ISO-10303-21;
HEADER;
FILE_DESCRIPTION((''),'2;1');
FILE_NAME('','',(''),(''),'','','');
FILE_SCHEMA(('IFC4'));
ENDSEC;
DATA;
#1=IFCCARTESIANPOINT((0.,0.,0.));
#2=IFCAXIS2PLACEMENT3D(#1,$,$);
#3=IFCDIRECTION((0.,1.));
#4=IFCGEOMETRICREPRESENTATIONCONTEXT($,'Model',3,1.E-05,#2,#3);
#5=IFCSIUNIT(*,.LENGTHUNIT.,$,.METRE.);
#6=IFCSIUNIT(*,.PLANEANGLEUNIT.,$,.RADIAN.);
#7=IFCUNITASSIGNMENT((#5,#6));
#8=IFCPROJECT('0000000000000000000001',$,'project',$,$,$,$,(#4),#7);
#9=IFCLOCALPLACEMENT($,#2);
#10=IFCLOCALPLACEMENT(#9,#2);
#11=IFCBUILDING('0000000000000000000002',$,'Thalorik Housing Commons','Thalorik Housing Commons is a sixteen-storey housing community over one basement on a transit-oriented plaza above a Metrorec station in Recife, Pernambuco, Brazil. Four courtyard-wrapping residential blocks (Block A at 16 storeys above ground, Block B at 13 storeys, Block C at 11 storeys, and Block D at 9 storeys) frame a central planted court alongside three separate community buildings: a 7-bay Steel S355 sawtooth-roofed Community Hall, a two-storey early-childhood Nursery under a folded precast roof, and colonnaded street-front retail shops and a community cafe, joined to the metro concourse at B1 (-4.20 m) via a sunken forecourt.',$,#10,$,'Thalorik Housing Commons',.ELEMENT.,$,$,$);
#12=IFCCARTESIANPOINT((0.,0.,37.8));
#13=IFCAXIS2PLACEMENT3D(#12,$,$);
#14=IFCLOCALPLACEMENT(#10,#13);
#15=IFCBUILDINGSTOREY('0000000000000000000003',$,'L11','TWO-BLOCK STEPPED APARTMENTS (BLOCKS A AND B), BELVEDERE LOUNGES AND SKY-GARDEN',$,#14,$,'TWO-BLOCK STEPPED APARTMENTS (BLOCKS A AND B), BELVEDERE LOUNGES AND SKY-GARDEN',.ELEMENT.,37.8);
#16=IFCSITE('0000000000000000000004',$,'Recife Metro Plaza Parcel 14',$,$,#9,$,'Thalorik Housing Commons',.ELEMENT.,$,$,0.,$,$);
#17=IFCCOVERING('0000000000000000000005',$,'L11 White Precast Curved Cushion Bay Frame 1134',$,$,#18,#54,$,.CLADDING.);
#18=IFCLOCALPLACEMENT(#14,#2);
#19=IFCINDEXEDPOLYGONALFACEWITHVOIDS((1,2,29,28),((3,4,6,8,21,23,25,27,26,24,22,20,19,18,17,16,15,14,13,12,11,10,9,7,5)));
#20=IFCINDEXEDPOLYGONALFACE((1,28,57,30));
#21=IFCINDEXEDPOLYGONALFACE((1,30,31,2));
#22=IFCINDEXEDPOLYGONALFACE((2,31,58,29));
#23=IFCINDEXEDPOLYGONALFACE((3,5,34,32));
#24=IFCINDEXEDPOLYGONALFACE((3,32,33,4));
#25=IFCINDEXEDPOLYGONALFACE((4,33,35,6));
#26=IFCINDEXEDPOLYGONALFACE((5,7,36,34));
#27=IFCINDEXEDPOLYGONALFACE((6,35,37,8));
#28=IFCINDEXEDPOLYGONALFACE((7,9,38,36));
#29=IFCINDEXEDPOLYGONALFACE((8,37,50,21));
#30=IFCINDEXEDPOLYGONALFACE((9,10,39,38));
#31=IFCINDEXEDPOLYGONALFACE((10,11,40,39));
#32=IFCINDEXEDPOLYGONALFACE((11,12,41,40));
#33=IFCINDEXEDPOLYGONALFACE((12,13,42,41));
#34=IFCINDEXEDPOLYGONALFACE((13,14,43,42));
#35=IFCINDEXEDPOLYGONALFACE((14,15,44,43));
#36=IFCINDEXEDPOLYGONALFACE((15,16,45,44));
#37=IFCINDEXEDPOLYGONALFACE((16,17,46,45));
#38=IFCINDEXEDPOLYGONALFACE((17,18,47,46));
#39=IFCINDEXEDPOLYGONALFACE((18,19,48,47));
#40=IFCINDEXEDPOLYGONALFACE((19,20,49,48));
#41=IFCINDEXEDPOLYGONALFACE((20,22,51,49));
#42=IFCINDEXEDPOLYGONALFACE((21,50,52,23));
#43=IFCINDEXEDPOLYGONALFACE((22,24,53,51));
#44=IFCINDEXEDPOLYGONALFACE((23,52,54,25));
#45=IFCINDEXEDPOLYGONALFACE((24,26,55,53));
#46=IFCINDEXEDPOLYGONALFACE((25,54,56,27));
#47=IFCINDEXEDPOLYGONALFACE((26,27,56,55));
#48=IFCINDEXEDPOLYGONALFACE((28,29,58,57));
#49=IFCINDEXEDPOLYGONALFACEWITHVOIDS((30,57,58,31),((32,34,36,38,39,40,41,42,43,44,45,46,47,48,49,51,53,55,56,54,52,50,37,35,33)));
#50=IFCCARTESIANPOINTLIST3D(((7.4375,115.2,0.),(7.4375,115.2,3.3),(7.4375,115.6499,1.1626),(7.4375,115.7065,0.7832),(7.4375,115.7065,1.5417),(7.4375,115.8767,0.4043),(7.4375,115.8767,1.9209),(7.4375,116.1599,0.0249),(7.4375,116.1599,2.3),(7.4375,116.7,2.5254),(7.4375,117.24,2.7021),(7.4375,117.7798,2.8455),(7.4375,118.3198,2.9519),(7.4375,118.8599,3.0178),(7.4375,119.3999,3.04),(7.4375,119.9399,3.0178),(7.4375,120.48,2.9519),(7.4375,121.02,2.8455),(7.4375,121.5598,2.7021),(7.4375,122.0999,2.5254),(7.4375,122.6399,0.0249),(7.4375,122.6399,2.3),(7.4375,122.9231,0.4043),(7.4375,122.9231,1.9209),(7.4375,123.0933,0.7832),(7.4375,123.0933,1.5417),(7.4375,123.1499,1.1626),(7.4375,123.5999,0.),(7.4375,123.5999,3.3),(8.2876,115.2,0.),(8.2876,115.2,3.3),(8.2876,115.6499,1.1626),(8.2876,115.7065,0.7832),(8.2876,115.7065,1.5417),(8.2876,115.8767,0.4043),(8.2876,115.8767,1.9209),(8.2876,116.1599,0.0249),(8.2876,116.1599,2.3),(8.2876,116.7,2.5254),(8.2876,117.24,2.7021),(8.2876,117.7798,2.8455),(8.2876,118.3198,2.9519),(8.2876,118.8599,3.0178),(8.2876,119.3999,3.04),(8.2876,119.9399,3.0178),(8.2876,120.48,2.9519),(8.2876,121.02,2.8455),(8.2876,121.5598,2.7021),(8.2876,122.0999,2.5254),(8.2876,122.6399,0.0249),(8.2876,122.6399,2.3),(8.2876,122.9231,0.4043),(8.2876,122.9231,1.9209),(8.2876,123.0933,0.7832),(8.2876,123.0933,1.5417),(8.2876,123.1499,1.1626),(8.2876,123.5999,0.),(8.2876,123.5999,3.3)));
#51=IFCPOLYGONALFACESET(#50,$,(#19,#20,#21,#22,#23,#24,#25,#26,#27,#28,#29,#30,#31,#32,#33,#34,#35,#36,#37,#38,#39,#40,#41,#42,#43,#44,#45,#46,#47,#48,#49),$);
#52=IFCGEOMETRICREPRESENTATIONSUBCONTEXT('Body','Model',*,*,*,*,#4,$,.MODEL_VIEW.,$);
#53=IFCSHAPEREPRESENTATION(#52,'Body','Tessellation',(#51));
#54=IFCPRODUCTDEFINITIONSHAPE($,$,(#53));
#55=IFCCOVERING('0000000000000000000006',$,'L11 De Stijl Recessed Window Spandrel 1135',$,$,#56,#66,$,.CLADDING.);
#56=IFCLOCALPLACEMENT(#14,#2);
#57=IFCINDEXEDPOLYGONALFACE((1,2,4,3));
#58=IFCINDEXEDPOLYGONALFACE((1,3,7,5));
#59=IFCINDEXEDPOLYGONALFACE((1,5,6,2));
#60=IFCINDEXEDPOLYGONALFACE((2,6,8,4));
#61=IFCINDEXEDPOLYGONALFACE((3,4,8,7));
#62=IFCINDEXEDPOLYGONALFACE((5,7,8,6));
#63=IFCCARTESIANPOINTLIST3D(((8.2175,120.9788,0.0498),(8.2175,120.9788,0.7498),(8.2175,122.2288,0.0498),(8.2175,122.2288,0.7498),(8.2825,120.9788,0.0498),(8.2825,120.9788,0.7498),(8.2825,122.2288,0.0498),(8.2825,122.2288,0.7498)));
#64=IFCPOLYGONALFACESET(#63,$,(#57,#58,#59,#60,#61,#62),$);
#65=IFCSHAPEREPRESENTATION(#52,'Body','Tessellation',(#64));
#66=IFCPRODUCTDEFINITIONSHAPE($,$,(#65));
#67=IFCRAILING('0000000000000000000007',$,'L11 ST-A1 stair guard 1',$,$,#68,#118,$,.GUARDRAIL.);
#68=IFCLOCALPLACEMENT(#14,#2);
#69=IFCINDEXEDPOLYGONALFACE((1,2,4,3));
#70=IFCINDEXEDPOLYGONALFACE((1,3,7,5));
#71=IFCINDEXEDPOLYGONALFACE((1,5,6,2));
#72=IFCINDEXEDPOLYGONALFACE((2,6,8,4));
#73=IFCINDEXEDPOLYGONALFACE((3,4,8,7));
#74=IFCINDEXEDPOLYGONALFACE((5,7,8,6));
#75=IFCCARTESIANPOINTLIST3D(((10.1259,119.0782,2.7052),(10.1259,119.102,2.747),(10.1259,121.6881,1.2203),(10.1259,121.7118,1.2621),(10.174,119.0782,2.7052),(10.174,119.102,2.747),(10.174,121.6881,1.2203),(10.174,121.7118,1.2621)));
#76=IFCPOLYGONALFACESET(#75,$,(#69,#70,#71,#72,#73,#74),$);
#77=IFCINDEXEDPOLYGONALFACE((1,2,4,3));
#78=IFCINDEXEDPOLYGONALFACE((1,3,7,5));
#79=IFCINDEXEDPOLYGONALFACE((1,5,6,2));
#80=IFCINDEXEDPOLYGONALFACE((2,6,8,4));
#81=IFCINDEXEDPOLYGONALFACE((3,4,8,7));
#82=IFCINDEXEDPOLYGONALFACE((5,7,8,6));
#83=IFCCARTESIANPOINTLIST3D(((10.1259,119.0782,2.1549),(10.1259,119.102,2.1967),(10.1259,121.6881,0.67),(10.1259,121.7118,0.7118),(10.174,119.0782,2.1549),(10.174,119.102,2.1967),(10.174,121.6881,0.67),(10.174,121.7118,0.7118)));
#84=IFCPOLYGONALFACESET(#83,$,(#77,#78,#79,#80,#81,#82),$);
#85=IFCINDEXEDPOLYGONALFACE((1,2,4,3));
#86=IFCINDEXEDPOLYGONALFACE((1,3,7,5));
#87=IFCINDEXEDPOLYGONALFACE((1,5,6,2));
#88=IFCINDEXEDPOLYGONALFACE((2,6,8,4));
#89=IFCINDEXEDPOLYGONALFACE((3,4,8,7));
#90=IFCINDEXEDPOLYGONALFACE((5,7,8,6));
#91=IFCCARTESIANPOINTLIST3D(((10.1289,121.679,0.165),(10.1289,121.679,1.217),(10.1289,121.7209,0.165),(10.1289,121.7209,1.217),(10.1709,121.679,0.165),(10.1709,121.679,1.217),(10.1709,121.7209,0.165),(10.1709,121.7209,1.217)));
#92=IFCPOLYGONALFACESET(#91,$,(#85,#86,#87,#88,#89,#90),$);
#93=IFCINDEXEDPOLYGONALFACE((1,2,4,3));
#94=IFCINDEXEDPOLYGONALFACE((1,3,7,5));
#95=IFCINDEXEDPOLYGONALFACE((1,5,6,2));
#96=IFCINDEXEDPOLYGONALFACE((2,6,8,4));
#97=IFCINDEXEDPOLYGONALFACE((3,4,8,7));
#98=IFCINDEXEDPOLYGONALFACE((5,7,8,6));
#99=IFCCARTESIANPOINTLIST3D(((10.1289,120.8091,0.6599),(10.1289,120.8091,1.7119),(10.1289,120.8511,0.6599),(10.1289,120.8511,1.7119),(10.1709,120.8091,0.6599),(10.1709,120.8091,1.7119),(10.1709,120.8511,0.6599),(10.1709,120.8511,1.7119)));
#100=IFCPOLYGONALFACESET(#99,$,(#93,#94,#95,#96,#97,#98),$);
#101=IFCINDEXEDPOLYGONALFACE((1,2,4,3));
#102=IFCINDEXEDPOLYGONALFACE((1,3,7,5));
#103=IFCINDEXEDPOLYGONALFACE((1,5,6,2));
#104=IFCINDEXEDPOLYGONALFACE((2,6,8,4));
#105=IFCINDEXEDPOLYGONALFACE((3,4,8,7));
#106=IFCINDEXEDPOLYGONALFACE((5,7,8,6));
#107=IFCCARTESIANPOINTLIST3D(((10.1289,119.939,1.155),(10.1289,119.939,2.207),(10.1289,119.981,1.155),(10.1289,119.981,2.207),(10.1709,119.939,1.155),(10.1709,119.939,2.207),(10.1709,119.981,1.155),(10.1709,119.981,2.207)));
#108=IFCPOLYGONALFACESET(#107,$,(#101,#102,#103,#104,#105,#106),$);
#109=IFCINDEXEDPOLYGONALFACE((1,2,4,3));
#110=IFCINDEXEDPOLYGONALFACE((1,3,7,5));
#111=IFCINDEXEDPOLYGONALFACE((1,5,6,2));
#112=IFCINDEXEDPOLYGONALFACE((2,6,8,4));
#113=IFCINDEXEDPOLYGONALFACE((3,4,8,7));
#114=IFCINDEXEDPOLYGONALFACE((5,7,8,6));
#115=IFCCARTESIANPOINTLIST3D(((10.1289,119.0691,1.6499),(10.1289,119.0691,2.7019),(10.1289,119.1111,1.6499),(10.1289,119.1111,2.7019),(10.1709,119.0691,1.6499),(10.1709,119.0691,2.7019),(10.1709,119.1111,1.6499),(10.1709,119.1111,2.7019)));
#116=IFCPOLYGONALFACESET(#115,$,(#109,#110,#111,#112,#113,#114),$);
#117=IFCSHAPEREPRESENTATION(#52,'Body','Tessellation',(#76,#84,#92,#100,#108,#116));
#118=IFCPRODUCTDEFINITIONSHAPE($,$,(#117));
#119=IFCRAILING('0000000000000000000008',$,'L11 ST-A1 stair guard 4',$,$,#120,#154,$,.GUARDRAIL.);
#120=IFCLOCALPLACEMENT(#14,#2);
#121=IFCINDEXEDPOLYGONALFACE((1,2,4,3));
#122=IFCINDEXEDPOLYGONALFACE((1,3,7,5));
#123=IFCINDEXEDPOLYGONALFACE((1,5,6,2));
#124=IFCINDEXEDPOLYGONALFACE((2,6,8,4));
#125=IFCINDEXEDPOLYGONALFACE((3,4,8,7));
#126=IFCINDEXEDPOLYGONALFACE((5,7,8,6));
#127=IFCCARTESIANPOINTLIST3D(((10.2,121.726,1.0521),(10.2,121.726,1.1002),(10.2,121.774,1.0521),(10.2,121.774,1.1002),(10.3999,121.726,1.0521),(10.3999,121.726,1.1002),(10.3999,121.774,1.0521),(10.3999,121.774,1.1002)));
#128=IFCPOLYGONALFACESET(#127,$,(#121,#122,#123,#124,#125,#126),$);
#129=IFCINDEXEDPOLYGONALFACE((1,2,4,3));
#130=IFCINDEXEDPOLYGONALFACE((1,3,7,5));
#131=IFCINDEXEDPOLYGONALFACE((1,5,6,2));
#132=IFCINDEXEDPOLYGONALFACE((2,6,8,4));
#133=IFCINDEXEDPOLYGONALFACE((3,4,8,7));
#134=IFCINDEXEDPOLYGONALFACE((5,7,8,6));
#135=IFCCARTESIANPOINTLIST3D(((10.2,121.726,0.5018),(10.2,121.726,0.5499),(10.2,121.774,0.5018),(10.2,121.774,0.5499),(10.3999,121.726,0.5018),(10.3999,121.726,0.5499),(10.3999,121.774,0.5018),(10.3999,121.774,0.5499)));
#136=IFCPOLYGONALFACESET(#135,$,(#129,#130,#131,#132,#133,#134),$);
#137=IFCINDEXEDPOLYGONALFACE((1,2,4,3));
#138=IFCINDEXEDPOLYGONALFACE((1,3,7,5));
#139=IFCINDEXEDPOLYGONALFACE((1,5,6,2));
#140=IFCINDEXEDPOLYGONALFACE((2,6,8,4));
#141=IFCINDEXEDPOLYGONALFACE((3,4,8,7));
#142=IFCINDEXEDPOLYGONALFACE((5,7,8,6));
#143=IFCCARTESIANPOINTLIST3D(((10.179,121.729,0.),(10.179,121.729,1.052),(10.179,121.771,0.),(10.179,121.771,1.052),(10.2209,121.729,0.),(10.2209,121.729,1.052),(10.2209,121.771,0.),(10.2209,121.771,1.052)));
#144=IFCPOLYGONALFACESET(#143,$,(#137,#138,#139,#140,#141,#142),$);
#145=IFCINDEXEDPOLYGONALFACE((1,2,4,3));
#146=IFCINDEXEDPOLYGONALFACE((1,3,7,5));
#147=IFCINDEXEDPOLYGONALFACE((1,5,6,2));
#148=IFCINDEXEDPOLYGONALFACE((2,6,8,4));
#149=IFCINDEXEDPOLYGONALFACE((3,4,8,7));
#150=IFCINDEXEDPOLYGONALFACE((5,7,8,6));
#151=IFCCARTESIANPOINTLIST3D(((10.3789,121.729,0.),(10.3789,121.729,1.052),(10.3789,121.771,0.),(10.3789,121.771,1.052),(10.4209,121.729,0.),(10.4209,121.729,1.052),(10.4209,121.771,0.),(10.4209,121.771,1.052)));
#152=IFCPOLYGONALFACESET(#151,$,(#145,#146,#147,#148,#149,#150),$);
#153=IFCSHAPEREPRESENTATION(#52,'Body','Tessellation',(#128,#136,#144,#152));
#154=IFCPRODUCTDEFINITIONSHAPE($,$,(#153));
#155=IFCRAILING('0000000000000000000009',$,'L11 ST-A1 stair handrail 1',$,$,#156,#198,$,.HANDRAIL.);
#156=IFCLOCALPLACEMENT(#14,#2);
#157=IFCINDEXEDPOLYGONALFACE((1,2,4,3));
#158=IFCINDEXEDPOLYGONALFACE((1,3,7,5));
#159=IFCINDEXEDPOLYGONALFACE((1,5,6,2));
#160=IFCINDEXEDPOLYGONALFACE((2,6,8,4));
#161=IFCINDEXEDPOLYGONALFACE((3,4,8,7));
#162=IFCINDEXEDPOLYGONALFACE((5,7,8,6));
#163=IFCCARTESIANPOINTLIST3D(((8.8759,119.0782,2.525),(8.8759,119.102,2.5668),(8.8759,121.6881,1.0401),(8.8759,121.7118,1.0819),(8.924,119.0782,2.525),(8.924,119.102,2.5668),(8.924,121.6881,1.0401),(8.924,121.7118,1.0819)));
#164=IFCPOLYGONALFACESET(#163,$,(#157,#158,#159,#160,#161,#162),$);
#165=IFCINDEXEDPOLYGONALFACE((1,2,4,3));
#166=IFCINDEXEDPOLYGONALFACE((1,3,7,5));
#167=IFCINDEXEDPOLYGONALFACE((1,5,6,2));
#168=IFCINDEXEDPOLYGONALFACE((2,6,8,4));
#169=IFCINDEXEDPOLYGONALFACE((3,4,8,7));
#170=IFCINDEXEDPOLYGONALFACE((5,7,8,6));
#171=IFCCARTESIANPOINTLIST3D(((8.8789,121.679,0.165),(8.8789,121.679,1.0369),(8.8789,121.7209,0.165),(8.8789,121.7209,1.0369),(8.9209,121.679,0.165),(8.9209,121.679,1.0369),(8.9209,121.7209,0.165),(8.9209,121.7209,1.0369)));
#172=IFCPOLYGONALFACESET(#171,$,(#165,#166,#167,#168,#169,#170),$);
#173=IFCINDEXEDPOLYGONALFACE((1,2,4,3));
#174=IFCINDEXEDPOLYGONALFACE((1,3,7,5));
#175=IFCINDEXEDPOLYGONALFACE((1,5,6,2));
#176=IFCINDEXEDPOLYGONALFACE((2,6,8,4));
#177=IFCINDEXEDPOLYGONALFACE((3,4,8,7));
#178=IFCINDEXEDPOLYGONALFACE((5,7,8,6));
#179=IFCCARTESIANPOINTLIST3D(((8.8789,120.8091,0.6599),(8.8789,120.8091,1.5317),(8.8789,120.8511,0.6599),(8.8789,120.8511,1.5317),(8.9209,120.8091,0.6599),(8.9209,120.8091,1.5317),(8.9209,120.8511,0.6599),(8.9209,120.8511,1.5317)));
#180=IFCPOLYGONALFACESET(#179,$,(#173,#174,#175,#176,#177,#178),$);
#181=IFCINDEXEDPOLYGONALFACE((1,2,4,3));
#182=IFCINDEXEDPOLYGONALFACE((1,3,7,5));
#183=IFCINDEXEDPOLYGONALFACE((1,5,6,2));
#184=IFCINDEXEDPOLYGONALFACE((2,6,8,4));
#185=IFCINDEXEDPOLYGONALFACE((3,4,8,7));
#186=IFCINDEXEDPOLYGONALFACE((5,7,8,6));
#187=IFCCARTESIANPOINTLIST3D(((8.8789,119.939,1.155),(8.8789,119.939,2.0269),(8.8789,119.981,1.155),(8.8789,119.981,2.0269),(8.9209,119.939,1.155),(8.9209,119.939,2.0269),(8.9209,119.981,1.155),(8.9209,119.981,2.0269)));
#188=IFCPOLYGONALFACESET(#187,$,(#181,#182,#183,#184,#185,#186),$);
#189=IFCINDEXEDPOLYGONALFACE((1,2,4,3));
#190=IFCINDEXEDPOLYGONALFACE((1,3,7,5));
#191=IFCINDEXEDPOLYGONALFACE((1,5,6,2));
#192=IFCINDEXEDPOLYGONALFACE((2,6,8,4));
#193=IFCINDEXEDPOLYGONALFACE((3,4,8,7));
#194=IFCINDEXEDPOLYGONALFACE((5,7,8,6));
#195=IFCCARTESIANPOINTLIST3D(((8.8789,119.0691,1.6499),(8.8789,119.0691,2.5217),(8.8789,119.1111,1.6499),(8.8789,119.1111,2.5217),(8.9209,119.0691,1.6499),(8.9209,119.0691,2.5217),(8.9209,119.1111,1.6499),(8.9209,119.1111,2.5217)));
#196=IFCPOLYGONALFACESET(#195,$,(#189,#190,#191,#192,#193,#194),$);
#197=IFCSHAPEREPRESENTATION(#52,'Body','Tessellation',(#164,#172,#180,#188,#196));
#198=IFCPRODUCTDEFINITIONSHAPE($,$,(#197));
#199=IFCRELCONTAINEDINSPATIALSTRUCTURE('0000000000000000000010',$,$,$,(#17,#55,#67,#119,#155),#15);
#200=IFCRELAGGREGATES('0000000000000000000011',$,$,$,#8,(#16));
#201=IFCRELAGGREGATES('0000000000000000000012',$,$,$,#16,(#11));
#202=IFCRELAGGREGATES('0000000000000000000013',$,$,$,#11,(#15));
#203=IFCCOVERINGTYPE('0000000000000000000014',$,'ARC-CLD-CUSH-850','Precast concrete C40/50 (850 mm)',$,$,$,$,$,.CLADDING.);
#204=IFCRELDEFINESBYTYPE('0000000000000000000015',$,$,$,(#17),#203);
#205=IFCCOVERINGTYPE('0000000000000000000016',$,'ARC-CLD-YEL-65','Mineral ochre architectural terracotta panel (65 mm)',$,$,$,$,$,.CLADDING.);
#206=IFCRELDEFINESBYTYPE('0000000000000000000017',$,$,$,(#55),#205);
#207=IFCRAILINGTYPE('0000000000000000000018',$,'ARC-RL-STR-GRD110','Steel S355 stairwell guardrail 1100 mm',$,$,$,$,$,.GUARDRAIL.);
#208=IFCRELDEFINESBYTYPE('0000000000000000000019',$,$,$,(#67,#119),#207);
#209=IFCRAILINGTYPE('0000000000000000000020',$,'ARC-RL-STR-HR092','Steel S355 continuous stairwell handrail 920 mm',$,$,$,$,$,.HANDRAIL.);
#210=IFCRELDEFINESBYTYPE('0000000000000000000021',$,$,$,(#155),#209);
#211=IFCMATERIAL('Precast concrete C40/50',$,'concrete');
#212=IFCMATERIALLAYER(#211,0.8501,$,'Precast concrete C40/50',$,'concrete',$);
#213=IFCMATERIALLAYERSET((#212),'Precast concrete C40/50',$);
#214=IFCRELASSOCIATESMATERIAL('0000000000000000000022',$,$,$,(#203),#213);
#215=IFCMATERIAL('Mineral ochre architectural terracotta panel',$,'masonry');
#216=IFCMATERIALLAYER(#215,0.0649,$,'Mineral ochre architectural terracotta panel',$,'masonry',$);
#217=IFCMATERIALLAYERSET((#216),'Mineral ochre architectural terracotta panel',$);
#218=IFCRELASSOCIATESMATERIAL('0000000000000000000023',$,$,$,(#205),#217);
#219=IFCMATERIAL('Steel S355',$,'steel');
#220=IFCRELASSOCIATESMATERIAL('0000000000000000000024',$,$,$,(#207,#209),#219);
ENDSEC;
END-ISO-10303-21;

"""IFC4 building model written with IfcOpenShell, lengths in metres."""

from ifc_helpers import new_model, si_unit, direction, frame, origin, origin_2d, place, context, subcontext, project, spatial, polyline, rectangle, outline, extrude, material, layer, layer_set, type_object, element, save


model = new_model("IFC4")

# Units and contexts
model_context = context("Model", 3, precision=1e-05, world=origin(), true_north=direction((0.0, 1.0)))
body_context = subcontext(model_context, "Body", "Model", "MODEL_VIEW")
ifc_project = project(units=[si_unit("LENGTHUNIT", "METRE"), si_unit("PLANEANGLEUNIT", "RADIAN")], contexts=[model_context])

# Site, building, storey
site_placement = place(None, origin())
site = spatial("IfcSite", under=ifc_project, at=site_placement, Name="Recife Metro Plaza Parcel 14", LongName="Thalorik Housing Commons", CompositionType="ELEMENT", RefElevation=0.0)
building_placement = place(site_placement, origin())
building = spatial("IfcBuilding", under=site, at=building_placement, Name="Thalorik Housing Commons", Description="Thalorik Housing Commons is a sixteen-storey housing community over one basement on a transit-oriented plaza above a Metrorec station in Recife, Pernambuco, Brazil. Four courtyard-wrapping residential blocks (Block A at 16 storeys above ground, Block B at 13 storeys, Block C at 11 storeys, and Block D at 9 storeys) frame a central planted court alongside three separate community buildings: a 7-bay Steel S355 sawtooth-roofed Community Hall, a two-storey early-childhood Nursery under a folded precast roof, and colonnaded street-front retail shops and a community cafe, joined to the metro concourse at B1 (-4.20 m) via a sunken forecourt.", LongName="Thalorik Housing Commons", CompositionType="ELEMENT")
storey_placement = place(building_placement, frame((0.0, 0.0, 37.8)))
storey = spatial("IfcBuildingStorey", under=building, at=storey_placement, Name="L11", Description="TWO-BLOCK STEPPED APARTMENTS (BLOCKS A AND B), BELVEDERE LOUNGES AND SKY-GARDEN", LongName="TWO-BLOCK STEPPED APARTMENTS (BLOCKS A AND B), BELVEDERE LOUNGES AND SKY-GARDEN", CompositionType="ELEMENT", Elevation=37.8)

# Shared definitions
ifc_material_1 = material(Name="Precast concrete C40/50", Category="concrete")

# Shared definitions
ifc_material_2 = material(Name="Steel S355", Category="steel")

# Coverings
ifc_layer_1 = layer(ifc_material_1, 0.8501, Name="Precast concrete C40/50", Category="concrete")
ifc_layer_set_1 = layer_set([ifc_layer_1], Name="Precast concrete C40/50")
covering_type_1 = type_object("IfcCoveringType", Name="ARC-CLD-CUSH-850", Description="Precast concrete C40/50 (850 mm)", PredefinedType="CLADDING", material=ifc_layer_set_1)
covering_1_placement = place(storey_placement, frame((7.8625, 119.3999, 0.0), z_axis=(0.0, 0.0, 1.0), x_axis=(0.0, -1.0, 0.0)))
element("IfcCovering", 1, at=covering_1_placement, inside=storey, type_object=covering_type_1, Name="L11 White Precast Curved Cushion Bay Frame 1134", PredefinedType="CLADDING", context=body_context, shape_type="SweptSolid", body=[
    extrude(outline(polyline([(-4.2, 0.0), (4.2, 0.0), (4.2, 3.3), (-4.2, 3.3), (-4.2, 0.0)]), holes=[polyline([(3.24, 0.0249), (3.5232, 0.4043), (3.6934, 0.7832), (3.75, 1.1626), (3.6934, 1.5417), (3.5232, 1.9209), (3.24, 2.3), (2.7, 2.5254), (2.1599, 2.7021), (1.6201, 2.8455), (1.0801, 2.9519), (0.54, 3.0178), (0.0, 3.04), (-0.54, 3.0178), (-1.0801, 2.9519), (-1.6201, 2.8455), (-2.1599, 2.7021), (-2.7, 2.5254), (-3.24, 2.3), (-3.5232, 1.9209), (-3.6934, 1.5417), (-3.75, 1.1626), (-3.6934, 0.7832), (-3.5232, 0.4043), (-3.24, 0.0249), (3.24, 0.0249)])]), frame((0.0, 0.425, 0.0), z_axis=(0.0, -1.0, 0.0), x_axis=(1.0, 0.0, 0.0)), (0.0, 0.0, 1.0), 0.8501),
])
ifc_material_3 = material(Name="Mineral ochre architectural terracotta panel", Category="masonry")
ifc_layer_2 = layer(ifc_material_3, 0.0649, Name="Mineral ochre architectural terracotta panel", Category="masonry")
ifc_layer_set_2 = layer_set([ifc_layer_2], Name="Mineral ochre architectural terracotta panel")
covering_type_2 = type_object("IfcCoveringType", Name="ARC-CLD-YEL-65", Description="Mineral ochre architectural terracotta panel (65 mm)", PredefinedType="CLADDING", material=ifc_layer_set_2)
covering_2_placement = place(storey_placement, frame((8.25, 121.6038, 0.0498), z_axis=(0.0, 0.0, 1.0), x_axis=(0.0, -1.0, 0.0)))
element("IfcCovering", 2, at=covering_2_placement, inside=storey, type_object=covering_type_2, Name="L11 De Stijl Recessed Window Spandrel 1135", PredefinedType="CLADDING", context=body_context, shape_type="SweptSolid", body=[
    extrude(rectangle(XDim=1.25, YDim=0.0649, at=origin_2d()), origin(), (0.0, 0.0, 1.0), 0.7),
])

# Railings
railing_type_1 = type_object("IfcRailingType", Name="ARC-RL-STR-GRD110", Description="Steel S355 stairwell guardrail 1100 mm", PredefinedType="GUARDRAIL", material=ifc_material_2)
railing_1_placement = place(storey_placement, frame((10.1499, 121.7, 0.165)))
element("IfcRailing", 3, at=railing_1_placement, inside=storey, type_object=railing_type_1, Name="L11 ST-A1 stair guard 1", PredefinedType="GUARDRAIL", context=body_context, shape_type="SweptSolid", body=[
    extrude(rectangle(XDim=0.0481, YDim=0.0481, at=origin_2d()), frame((0.0, 0.0, 1.0762), z_axis=(0.0, -0.869172, 0.494509), x_axis=(1.0, 0.0, 0.0)), (0.0, 0.0, 1.0), 3.0027),
    extrude(rectangle(XDim=0.0481, YDim=0.0481, at=origin_2d()), frame((0.0, 0.0, 0.5259), z_axis=(0.0, -0.869172, 0.494509), x_axis=(1.0, 0.0, 0.0)), (0.0, 0.0, 1.0), 3.0027),
    extrude(rectangle(XDim=0.042, YDim=0.042, at=origin_2d()), origin(), (0.0, 0.0, 1.0), 1.052),
    extrude(rectangle(XDim=0.042, YDim=0.042, at=origin_2d()), frame((0.0, -0.8699, 0.4949)), (0.0, 0.0, 1.0), 1.052),
    extrude(rectangle(XDim=0.042, YDim=0.042, at=origin_2d()), frame((0.0, -1.74, 0.99)), (0.0, 0.0, 1.0), 1.052),
    extrude(rectangle(XDim=0.042, YDim=0.042, at=origin_2d()), frame((0.0, -2.6099, 1.4849)), (0.0, 0.0, 1.0), 1.052),
])
railing_2_placement = place(storey_placement, frame((10.2, 121.75, 0.0)))
element("IfcRailing", 4, at=railing_2_placement, inside=storey, type_object=railing_type_1, Name="L11 ST-A1 stair guard 4", PredefinedType="GUARDRAIL", context=body_context, shape_type="SweptSolid", body=[
    extrude(rectangle(XDim=0.0481, YDim=0.0481, at=origin_2d()), frame((0.0, 0.0, 1.0762), z_axis=(1.0, 0.0, 0.0), x_axis=(0.0, 1.0, 0.0)), (0.0, 0.0, 1.0), 0.2),
    extrude(rectangle(XDim=0.0481, YDim=0.0481, at=origin_2d()), frame((0.0, 0.0, 0.5259), z_axis=(1.0, 0.0, 0.0), x_axis=(0.0, 1.0, 0.0)), (0.0, 0.0, 1.0), 0.2),
    extrude(rectangle(XDim=0.042, YDim=0.042, at=origin_2d()), origin(), (0.0, 0.0, 1.0), 1.052),
    extrude(rectangle(XDim=0.042, YDim=0.042, at=origin_2d()), frame((0.2, 0.0, 0.0)), (0.0, 0.0, 1.0), 1.052),
])
railing_type_2 = type_object("IfcRailingType", Name="ARC-RL-STR-HR092", Description="Steel S355 continuous stairwell handrail 920 mm", PredefinedType="HANDRAIL", material=ifc_material_2)
railing_3_placement = place(storey_placement, frame((8.8999, 121.7, 0.165)))
element("IfcRailing", 5, at=railing_3_placement, inside=storey, type_object=railing_type_2, Name="L11 ST-A1 stair handrail 1", PredefinedType="HANDRAIL", context=body_context, shape_type="SweptSolid", body=[
    extrude(rectangle(XDim=0.0481, YDim=0.0481, at=origin_2d()), frame((0.0, 0.0, 0.896), z_axis=(0.0, -0.869172, 0.494509), x_axis=(1.0, 0.0, 0.0)), (0.0, 0.0, 1.0), 3.0027),
    extrude(rectangle(XDim=0.042, YDim=0.042, at=origin_2d()), origin(), (0.0, 0.0, 1.0), 0.8718),
    extrude(rectangle(XDim=0.042, YDim=0.042, at=origin_2d()), frame((0.0, -0.8699, 0.4949)), (0.0, 0.0, 1.0), 0.8718),
    extrude(rectangle(XDim=0.042, YDim=0.042, at=origin_2d()), frame((0.0, -1.74, 0.99)), (0.0, 0.0, 1.0), 0.8718),
    extrude(rectangle(XDim=0.042, YDim=0.042, at=origin_2d()), frame((0.0, -2.6099, 1.4849)), (0.0, 0.0, 1.0), 0.8718),
])

save(model, "model.ifc")
